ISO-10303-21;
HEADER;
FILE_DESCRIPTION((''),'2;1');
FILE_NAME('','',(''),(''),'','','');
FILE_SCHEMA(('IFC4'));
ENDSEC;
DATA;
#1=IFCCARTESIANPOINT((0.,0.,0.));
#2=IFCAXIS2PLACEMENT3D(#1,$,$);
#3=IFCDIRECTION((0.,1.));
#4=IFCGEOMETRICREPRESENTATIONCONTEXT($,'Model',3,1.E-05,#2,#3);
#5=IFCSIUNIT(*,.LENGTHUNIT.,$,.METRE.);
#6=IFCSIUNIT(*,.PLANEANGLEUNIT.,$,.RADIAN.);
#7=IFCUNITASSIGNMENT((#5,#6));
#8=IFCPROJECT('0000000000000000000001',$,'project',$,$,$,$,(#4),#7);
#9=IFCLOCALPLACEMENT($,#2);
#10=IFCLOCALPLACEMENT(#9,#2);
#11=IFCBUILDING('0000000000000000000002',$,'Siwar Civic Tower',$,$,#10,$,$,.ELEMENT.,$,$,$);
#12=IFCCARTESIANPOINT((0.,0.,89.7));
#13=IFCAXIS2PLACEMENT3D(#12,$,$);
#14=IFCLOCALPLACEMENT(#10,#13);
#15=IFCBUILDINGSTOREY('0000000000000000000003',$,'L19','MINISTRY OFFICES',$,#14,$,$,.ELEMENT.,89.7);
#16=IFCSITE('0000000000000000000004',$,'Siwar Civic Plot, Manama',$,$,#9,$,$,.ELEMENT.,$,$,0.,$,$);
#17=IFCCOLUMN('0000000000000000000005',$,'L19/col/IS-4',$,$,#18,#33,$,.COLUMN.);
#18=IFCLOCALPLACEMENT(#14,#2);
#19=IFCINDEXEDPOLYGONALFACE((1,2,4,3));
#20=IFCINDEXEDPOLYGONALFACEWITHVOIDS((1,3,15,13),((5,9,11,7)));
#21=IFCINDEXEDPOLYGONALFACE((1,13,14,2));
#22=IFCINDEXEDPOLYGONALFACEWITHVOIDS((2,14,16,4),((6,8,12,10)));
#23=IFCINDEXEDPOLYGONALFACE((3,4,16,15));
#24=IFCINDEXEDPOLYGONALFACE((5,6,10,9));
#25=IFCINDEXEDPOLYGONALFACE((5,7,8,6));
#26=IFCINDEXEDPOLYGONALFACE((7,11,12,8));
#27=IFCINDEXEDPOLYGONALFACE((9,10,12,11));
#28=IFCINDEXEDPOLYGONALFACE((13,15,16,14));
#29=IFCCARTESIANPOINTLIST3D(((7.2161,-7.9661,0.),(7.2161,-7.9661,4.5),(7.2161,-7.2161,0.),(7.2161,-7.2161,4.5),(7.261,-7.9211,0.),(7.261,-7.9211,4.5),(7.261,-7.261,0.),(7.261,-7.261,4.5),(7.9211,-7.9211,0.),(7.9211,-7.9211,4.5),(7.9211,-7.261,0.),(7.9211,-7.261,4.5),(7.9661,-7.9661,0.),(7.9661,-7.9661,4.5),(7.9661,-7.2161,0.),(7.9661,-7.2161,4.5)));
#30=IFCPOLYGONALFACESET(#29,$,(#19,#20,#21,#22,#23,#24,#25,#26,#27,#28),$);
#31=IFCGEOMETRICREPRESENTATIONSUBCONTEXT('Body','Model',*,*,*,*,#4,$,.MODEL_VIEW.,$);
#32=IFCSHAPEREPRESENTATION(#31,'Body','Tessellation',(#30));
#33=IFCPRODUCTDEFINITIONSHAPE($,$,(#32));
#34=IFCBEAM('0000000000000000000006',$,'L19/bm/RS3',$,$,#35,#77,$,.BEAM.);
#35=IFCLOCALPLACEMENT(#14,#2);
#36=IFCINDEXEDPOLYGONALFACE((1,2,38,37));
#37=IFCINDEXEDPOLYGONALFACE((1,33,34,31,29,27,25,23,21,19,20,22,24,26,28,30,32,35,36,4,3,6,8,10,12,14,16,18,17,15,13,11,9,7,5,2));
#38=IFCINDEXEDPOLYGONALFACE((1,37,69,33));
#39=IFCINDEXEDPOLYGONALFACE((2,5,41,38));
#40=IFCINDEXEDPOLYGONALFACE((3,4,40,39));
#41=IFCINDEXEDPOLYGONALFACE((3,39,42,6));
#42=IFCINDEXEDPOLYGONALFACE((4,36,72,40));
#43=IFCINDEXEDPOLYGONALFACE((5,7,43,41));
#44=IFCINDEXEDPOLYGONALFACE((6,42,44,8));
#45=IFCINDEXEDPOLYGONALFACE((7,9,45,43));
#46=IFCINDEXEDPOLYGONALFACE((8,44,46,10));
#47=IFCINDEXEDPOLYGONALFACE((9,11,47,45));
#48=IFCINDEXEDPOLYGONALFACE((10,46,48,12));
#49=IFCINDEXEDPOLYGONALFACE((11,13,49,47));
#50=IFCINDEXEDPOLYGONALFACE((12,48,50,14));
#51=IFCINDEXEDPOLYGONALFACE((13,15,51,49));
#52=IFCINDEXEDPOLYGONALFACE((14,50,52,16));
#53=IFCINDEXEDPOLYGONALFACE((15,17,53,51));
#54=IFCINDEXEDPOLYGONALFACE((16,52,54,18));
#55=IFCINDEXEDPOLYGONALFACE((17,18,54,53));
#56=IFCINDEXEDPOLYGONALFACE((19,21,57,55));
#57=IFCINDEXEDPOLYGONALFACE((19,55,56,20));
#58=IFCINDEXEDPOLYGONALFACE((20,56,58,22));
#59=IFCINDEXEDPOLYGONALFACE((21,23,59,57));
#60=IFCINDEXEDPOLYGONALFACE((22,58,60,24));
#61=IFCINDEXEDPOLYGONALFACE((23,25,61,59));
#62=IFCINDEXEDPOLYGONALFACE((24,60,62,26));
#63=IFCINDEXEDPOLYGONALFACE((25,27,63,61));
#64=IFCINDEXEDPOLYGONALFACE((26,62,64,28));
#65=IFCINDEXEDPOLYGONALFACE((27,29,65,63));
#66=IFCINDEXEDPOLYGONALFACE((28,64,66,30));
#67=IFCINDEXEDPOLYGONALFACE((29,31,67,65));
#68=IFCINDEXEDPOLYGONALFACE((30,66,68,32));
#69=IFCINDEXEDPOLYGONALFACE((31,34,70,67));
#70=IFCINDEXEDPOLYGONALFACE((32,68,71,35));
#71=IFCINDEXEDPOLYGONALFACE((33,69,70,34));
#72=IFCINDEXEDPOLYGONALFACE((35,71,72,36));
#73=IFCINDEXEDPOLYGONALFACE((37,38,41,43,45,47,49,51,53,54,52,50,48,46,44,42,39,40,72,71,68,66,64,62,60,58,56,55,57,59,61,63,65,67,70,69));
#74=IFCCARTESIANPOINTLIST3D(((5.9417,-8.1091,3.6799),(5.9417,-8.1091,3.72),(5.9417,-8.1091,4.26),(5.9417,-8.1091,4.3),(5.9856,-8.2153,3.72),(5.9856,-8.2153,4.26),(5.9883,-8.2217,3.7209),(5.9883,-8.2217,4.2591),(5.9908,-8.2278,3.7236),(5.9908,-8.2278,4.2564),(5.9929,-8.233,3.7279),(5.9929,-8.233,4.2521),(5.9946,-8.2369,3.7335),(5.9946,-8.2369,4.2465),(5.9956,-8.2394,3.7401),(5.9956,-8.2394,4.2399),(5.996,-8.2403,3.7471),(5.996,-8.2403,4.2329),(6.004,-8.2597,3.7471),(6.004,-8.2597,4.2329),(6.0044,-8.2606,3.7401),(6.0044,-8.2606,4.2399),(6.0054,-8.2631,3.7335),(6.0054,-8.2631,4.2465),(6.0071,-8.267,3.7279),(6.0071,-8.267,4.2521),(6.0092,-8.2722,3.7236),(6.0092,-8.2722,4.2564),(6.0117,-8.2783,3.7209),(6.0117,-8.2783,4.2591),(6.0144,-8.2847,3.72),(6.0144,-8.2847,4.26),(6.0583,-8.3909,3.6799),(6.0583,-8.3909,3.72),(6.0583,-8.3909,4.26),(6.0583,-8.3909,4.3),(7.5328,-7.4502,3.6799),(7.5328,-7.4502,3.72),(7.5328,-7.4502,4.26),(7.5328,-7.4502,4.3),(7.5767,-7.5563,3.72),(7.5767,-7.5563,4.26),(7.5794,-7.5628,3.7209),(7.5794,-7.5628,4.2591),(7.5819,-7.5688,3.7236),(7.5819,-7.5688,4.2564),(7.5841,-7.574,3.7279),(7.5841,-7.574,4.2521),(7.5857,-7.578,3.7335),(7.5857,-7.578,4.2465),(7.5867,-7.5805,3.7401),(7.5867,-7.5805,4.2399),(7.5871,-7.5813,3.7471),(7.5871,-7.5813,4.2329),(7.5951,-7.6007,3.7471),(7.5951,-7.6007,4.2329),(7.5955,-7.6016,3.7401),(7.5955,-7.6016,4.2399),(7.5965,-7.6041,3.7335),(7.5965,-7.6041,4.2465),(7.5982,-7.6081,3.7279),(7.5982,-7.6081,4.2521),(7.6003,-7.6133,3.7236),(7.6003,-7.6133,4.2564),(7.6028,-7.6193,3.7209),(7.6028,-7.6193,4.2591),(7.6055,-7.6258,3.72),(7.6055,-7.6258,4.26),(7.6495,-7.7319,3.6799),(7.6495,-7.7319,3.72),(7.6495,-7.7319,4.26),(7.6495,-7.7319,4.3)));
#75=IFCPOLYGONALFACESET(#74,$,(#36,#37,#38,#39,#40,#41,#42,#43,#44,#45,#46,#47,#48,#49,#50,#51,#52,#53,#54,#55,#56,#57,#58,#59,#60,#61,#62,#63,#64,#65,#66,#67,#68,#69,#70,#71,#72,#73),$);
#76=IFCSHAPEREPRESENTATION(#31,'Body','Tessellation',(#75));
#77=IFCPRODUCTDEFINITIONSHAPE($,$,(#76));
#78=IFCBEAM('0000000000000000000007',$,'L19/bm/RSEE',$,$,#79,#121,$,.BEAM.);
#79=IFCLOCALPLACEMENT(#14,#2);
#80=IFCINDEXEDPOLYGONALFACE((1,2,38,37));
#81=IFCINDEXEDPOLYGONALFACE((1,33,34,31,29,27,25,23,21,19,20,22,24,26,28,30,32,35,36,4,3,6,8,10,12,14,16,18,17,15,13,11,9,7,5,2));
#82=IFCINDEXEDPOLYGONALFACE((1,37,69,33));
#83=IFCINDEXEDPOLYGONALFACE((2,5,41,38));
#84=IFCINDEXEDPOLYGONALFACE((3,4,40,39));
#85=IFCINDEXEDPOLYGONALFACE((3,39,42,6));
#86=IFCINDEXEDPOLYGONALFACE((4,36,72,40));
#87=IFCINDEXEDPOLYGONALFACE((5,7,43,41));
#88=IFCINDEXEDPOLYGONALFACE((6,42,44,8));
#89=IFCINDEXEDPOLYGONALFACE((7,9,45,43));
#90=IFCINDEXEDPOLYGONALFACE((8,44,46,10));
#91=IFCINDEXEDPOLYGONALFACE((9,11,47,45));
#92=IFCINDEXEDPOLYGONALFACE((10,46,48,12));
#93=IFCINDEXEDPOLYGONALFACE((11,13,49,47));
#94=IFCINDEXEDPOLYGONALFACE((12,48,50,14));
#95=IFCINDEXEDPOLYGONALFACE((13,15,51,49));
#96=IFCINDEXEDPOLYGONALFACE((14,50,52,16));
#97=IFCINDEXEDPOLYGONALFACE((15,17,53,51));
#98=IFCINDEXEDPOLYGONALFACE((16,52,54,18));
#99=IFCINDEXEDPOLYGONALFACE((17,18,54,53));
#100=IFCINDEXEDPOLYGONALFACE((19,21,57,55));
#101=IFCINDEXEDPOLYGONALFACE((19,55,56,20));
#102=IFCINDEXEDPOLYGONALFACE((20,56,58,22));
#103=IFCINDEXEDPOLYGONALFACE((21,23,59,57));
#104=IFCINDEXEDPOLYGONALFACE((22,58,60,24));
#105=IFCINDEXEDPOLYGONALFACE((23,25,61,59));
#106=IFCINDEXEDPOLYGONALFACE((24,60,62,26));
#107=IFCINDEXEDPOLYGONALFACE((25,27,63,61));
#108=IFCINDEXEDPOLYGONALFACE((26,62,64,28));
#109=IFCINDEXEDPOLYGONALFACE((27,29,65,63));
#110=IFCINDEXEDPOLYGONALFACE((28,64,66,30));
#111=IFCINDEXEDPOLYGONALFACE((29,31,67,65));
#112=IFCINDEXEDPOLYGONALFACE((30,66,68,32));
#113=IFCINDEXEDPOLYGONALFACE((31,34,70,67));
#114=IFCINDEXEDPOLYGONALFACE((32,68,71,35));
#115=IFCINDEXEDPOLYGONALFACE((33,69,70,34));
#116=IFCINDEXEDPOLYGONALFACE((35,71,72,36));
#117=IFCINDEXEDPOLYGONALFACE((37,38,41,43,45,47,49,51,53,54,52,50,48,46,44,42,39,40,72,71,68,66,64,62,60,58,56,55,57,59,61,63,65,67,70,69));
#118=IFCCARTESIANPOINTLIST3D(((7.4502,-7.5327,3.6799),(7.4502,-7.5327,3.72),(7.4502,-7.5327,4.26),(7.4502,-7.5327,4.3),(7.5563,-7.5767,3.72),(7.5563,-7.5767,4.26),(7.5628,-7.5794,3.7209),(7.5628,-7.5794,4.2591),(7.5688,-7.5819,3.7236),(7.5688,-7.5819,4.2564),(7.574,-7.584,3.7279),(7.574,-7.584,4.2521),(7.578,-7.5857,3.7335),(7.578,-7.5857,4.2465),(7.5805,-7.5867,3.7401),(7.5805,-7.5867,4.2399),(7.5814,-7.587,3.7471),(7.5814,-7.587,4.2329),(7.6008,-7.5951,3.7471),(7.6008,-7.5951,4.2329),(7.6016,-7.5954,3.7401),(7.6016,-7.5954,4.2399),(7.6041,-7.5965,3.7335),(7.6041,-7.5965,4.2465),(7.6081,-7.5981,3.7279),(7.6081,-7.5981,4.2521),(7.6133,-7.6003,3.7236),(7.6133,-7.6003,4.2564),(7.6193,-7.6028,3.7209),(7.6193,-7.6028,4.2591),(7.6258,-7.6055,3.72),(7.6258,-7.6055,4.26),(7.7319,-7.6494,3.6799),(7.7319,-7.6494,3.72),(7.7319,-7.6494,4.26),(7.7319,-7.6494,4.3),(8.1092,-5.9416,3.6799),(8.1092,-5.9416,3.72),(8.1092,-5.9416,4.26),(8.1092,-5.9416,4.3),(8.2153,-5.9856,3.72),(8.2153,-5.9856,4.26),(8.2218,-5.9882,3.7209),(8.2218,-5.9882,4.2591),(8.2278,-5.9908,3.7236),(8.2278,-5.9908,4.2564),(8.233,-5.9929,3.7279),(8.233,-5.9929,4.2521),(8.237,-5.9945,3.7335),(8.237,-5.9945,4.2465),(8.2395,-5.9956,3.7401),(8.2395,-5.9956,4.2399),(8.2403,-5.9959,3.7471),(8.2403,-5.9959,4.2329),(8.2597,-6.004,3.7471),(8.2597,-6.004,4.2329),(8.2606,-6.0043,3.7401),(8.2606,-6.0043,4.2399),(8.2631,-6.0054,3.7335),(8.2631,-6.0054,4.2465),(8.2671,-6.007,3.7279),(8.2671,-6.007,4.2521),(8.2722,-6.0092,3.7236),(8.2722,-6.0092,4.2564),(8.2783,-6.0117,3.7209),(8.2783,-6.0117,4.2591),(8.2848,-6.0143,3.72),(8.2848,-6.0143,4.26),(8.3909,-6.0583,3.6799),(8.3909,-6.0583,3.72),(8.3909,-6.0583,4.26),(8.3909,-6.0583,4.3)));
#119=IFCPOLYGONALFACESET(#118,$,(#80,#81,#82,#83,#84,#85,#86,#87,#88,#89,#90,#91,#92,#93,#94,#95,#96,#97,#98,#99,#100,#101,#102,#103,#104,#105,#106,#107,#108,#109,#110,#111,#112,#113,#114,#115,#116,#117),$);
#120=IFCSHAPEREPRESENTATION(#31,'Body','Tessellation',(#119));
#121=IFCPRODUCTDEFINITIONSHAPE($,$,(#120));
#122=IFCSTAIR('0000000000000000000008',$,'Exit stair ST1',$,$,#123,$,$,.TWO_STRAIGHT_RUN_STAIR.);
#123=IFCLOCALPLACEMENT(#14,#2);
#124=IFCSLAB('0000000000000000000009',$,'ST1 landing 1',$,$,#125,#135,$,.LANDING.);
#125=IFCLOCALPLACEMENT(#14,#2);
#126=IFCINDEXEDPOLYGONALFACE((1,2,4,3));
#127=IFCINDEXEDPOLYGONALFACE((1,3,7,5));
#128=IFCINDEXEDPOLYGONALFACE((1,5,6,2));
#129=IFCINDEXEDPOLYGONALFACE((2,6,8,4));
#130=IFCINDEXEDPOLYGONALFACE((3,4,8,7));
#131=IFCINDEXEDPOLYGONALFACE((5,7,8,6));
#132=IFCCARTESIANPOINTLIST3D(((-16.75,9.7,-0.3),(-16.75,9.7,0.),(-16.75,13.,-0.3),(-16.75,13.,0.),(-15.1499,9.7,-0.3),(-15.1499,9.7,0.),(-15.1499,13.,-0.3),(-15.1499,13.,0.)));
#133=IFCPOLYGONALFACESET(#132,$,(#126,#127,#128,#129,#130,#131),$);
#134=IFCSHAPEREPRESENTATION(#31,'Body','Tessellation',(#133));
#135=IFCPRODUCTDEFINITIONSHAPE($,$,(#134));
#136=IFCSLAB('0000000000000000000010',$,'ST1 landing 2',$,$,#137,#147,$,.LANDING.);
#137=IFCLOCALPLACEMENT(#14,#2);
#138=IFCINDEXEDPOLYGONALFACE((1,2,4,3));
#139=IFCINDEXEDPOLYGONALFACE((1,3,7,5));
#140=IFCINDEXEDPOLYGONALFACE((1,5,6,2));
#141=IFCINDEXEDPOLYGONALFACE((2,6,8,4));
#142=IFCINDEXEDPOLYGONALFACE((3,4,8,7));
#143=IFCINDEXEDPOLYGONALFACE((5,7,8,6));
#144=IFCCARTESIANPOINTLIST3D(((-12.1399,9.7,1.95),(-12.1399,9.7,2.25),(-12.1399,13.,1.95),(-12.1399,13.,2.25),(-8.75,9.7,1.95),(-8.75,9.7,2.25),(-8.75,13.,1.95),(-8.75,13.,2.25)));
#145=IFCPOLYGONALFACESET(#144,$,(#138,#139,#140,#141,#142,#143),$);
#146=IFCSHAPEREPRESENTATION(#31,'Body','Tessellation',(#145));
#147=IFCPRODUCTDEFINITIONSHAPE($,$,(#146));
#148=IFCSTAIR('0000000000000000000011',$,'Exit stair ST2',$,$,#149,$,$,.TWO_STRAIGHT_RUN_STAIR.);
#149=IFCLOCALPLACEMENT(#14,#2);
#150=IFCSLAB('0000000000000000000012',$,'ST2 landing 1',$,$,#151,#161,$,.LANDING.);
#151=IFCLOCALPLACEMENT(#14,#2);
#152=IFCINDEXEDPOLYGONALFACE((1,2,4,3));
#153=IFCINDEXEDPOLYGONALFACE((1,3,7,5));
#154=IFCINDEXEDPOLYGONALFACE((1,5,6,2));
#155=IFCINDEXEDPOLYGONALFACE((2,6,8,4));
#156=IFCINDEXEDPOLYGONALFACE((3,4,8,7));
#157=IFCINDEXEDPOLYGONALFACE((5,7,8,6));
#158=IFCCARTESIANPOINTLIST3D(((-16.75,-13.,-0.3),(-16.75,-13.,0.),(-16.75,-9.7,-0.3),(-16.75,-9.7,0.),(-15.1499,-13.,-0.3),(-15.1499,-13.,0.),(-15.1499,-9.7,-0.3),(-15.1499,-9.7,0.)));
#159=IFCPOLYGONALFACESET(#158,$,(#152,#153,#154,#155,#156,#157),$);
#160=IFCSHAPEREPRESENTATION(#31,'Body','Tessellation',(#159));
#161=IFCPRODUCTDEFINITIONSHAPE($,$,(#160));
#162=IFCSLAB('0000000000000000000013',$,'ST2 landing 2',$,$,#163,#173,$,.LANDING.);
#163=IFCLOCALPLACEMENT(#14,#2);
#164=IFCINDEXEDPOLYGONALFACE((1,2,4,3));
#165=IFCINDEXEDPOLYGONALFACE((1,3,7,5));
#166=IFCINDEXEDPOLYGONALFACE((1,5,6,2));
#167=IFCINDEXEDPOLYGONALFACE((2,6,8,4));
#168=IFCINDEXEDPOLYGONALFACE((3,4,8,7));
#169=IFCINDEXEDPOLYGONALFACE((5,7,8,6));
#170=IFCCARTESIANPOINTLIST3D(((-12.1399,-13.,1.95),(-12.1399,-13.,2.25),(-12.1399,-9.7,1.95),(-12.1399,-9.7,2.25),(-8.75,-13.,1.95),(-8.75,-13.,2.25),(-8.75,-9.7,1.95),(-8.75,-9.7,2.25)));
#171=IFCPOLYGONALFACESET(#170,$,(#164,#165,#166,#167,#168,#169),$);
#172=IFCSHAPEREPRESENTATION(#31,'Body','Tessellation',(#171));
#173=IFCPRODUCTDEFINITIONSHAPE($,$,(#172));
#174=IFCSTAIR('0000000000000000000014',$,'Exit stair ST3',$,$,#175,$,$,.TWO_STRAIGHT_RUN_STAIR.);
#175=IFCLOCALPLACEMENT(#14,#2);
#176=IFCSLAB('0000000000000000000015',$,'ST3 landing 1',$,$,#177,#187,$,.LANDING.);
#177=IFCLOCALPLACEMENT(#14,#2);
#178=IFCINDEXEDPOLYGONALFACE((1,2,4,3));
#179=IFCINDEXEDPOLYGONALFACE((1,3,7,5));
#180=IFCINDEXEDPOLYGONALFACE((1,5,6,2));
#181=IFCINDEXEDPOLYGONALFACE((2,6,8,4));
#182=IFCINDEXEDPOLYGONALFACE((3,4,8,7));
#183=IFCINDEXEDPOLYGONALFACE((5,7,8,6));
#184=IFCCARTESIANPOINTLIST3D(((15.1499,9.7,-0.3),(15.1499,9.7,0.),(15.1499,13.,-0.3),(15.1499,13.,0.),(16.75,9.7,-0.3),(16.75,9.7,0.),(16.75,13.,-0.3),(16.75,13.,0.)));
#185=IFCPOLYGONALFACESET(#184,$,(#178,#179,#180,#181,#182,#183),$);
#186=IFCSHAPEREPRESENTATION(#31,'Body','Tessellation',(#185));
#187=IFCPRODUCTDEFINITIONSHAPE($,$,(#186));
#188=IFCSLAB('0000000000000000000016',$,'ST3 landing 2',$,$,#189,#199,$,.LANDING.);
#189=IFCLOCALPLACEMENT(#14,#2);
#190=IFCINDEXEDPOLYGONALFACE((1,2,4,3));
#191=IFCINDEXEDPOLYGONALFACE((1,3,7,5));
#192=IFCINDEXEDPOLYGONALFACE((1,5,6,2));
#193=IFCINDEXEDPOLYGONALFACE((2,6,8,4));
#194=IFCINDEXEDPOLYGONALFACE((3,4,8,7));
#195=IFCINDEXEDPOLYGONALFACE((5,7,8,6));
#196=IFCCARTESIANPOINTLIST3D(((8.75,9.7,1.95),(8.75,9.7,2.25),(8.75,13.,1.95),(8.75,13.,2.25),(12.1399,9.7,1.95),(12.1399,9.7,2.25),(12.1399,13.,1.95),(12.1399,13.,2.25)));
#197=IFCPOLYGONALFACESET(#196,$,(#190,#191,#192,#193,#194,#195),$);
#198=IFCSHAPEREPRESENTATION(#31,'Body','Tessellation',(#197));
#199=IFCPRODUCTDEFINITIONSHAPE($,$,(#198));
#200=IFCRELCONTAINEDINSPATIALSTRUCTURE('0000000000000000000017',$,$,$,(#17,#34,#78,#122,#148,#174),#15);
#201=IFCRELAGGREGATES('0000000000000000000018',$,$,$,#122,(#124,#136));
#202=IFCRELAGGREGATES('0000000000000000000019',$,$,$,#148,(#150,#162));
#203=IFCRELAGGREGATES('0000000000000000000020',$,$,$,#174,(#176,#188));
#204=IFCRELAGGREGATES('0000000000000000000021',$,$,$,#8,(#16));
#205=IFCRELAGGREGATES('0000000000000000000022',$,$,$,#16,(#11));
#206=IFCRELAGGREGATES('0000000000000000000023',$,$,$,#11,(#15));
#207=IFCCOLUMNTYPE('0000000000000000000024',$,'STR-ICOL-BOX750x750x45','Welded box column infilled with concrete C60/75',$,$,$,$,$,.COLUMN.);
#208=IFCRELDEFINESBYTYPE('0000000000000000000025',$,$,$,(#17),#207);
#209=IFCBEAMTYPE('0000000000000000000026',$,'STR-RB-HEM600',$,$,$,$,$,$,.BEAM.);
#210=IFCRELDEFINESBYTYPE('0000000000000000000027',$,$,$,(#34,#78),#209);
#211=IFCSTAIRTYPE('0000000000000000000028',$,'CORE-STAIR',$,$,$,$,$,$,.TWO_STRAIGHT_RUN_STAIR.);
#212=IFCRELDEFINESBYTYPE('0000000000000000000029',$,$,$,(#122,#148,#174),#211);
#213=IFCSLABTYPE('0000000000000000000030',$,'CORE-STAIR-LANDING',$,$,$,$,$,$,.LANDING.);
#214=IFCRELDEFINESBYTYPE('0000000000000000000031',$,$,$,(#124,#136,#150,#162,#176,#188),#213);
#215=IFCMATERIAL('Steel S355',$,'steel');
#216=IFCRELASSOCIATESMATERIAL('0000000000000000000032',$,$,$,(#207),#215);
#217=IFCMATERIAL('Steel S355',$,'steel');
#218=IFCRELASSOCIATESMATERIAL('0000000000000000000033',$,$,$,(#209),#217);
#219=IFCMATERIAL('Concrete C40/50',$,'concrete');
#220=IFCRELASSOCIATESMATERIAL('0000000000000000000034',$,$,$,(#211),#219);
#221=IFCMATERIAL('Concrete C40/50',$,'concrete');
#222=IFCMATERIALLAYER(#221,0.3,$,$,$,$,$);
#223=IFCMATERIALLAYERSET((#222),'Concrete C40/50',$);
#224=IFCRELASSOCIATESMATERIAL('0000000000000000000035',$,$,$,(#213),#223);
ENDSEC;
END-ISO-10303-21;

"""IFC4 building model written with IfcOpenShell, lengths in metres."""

from ifc_helpers import new_model, si_unit, direction, frame, origin, origin_2d, place, context, subcontext, project, spatial, polyline, hollow_rectangle, i_section, outline, extrude, material, layer, layer_set, material_profile, profile_set, type_object, element, aggregate, save


model = new_model("IFC4")

# Units and contexts
model_context = context("Model", 3, precision=1e-05, world=origin(), true_north=direction((0.0, 1.0)))
body_context = subcontext(model_context, "Body", "Model", "MODEL_VIEW")
ifc_project = project(units=[si_unit("LENGTHUNIT", "METRE"), si_unit("PLANEANGLEUNIT", "RADIAN")], contexts=[model_context])

# Site, building, storey
site_placement = place(None, origin())
site = spatial("IfcSite", under=ifc_project, at=site_placement, Name="Siwar Civic Plot, Manama", CompositionType="ELEMENT", RefElevation=0.0)
building_placement = place(site_placement, origin())
building = spatial("IfcBuilding", under=site, at=building_placement, Name="Siwar Civic Tower", CompositionType="ELEMENT")
storey_placement = place(building_placement, frame((0.0, 0.0, 89.7)))
storey = spatial("IfcBuildingStorey", under=building, at=storey_placement, Name="L19", Description="MINISTRY OFFICES", CompositionType="ELEMENT", Elevation=89.7)

# Column
ifc_material_1 = material(Name="Steel S355", Category="steel")
ifc_material_profile_1 = material_profile(ifc_material_1, hollow_rectangle(XDim=0.75, YDim=0.75, WallThickness=0.0449, at=origin_2d()), Name="BOX750x750x45")
ifc_profile_set_1 = profile_set([ifc_material_profile_1], Name="Steel S355")
column_type = type_object("IfcColumnType", Name="STR-ICOL-BOX750x750x45", Description="Welded box column infilled with concrete C60/75", PredefinedType="COLUMN", material=ifc_profile_set_1)
column_placement = place(storey_placement, frame((7.5911, -7.5911, 0.0), z_axis=(0.0, 0.0, 1.0), x_axis=(1.0, 0.0, 0.0)))
element("IfcColumn", 1, at=column_placement, inside=storey, type_object=column_type, Name="L19/col/IS-4", PredefinedType="COLUMN", context=body_context, shape_type="SweptSolid", body=[
    extrude(hollow_rectangle(XDim=0.75, YDim=0.75, WallThickness=0.0449, at=origin_2d()), origin(), (0.0, 0.0, 1.0), 4.5),
])

# Beams
ifc_material_2 = material(Name="Steel S355", Category="steel")
ifc_material_profile_2 = material_profile(ifc_material_2, i_section(OverallWidth=0.3049, OverallDepth=0.6201, WebThickness=0.021, FlangeThickness=0.04, FilletRadius=0.0271, at=origin_2d()), Name="HEM600")
ifc_profile_set_2 = profile_set([ifc_material_profile_2], Name="Steel S355")
beam_type = type_object("IfcBeamType", Name="STR-RB-HEM600", PredefinedType="BEAM", material=ifc_profile_set_2)
for number, where, z_axis, x_axis, name in (
    (2, (6.0, -8.25, 3.99), (0.923901, 0.382631, 0.0), (-0.382631, 0.923901, 0.0), "L19/bm/RS3"),
    (3, (7.5911, -7.5911, 3.99), (0.382631, 0.923901, 0.0), (-0.923901, 0.382631, 0.0), "L19/bm/RSEE"),
):
    element("IfcBeam", number, at=place(storey_placement, frame(where, z_axis=z_axis, x_axis=x_axis)), inside=storey, type_object=beam_type, Name=name, PredefinedType="BEAM", context=body_context, shape_type="SweptSolid", body=[
        extrude(i_section(OverallWidth=0.3049, OverallDepth=0.6201, WebThickness=0.021, FlangeThickness=0.04, FilletRadius=0.0271, at=origin_2d()), origin(), (0.0, 0.0, 1.0), 1.7222),
    ])

# Stairs, slabs
ifc_material_3 = material(Name="Concrete C40/50", Category="concrete")
stair_type = type_object("IfcStairType", Name="CORE-STAIR", PredefinedType="TWO_STRAIGHT_RUN_STAIR", material=ifc_material_3)
stair_1_placement = place(storey_placement, origin())
stair_1 = element("IfcStair", 4, at=stair_1_placement, inside=storey, type_object=stair_type, Name="Exit stair ST1", PredefinedType="TWO_STRAIGHT_RUN_STAIR")
ifc_material_4 = material(Name="Concrete C40/50", Category="concrete")
ifc_layer_1 = layer(ifc_material_4, 0.3)
ifc_layer_set_1 = layer_set([ifc_layer_1], Name="Concrete C40/50")
slab_type_1 = type_object("IfcSlabType", Name="CORE-STAIR-LANDING", PredefinedType="LANDING", material=ifc_layer_set_1)
slab_1_placement = place(storey_placement, frame((0.0, 0.0, -0.3)))
slab_1 = element("IfcSlab", 5, at=slab_1_placement, type_object=slab_type_1, Name="ST1 landing 1", PredefinedType="LANDING", context=body_context, shape_type="SweptSolid", body=[
    extrude(outline(polyline([(-15.1499, 13.0), (-16.75, 13.0), (-16.75, 9.7), (-15.1499, 9.7), (-15.1499, 13.0)])), origin(), (0.0, 0.0, 1.0), 0.3),
])
slab_2_placement = place(storey_placement, frame((0.0, 0.0, 1.95)))
slab_2 = element("IfcSlab", 6, at=slab_2_placement, type_object=slab_type_1, Name="ST1 landing 2", PredefinedType="LANDING", context=body_context, shape_type="SweptSolid", body=[
    extrude(outline(polyline([(-8.75, 13.0), (-12.1399, 13.0), (-12.1399, 9.7), (-8.75, 9.7), (-8.75, 13.0)])), origin(), (0.0, 0.0, 1.0), 0.3),
])
aggregate(stair_1, [slab_1, slab_2])
stair_2_placement = place(storey_placement, origin())
stair_2 = element("IfcStair", 7, at=stair_2_placement, inside=storey, type_object=stair_type, Name="Exit stair ST2", PredefinedType="TWO_STRAIGHT_RUN_STAIR")
slab_3_placement = place(storey_placement, frame((0.0, 0.0, -0.3)))
slab_3 = element("IfcSlab", 8, at=slab_3_placement, type_object=slab_type_1, Name="ST2 landing 1", PredefinedType="LANDING", context=body_context, shape_type="SweptSolid", body=[
    extrude(outline(polyline([(-15.1499, -9.7), (-16.75, -9.7), (-16.75, -13.0), (-15.1499, -13.0), (-15.1499, -9.7)])), origin(), (0.0, 0.0, 1.0), 0.3),
])
slab_4_placement = place(storey_placement, frame((0.0, 0.0, 1.95)))
slab_4 = element("IfcSlab", 9, at=slab_4_placement, type_object=slab_type_1, Name="ST2 landing 2", PredefinedType="LANDING", context=body_context, shape_type="SweptSolid", body=[
    extrude(outline(polyline([(-8.75, -9.7), (-12.1399, -9.7), (-12.1399, -13.0), (-8.75, -13.0), (-8.75, -9.7)])), origin(), (0.0, 0.0, 1.0), 0.3),
])
aggregate(stair_2, [slab_3, slab_4])
stair_3_placement = place(storey_placement, origin())
stair_3 = element("IfcStair", 10, at=stair_3_placement, inside=storey, type_object=stair_type, Name="Exit stair ST3", PredefinedType="TWO_STRAIGHT_RUN_STAIR")
slab_5_placement = place(storey_placement, frame((0.0, 0.0, -0.3)))
slab_5 = element("IfcSlab", 11, at=slab_5_placement, type_object=slab_type_1, Name="ST3 landing 1", PredefinedType="LANDING", context=body_context, shape_type="SweptSolid", body=[
    extrude(outline(polyline([(15.1499, 9.7), (16.75, 9.7), (16.75, 13.0), (15.1499, 13.0), (15.1499, 9.7)])), origin(), (0.0, 0.0, 1.0), 0.3),
])
slab_6_placement = place(storey_placement, frame((0.0, 0.0, 1.95)))
slab_6 = element("IfcSlab", 12, at=slab_6_placement, type_object=slab_type_1, Name="ST3 landing 2", PredefinedType="LANDING", context=body_context, shape_type="SweptSolid", body=[
    extrude(outline(polyline([(8.75, 9.7), (12.1399, 9.7), (12.1399, 13.0), (8.75, 13.0), (8.75, 9.7)])), origin(), (0.0, 0.0, 1.0), 0.3),
])
aggregate(stair_3, [slab_5, slab_6])

save(model, "model.ifc")
